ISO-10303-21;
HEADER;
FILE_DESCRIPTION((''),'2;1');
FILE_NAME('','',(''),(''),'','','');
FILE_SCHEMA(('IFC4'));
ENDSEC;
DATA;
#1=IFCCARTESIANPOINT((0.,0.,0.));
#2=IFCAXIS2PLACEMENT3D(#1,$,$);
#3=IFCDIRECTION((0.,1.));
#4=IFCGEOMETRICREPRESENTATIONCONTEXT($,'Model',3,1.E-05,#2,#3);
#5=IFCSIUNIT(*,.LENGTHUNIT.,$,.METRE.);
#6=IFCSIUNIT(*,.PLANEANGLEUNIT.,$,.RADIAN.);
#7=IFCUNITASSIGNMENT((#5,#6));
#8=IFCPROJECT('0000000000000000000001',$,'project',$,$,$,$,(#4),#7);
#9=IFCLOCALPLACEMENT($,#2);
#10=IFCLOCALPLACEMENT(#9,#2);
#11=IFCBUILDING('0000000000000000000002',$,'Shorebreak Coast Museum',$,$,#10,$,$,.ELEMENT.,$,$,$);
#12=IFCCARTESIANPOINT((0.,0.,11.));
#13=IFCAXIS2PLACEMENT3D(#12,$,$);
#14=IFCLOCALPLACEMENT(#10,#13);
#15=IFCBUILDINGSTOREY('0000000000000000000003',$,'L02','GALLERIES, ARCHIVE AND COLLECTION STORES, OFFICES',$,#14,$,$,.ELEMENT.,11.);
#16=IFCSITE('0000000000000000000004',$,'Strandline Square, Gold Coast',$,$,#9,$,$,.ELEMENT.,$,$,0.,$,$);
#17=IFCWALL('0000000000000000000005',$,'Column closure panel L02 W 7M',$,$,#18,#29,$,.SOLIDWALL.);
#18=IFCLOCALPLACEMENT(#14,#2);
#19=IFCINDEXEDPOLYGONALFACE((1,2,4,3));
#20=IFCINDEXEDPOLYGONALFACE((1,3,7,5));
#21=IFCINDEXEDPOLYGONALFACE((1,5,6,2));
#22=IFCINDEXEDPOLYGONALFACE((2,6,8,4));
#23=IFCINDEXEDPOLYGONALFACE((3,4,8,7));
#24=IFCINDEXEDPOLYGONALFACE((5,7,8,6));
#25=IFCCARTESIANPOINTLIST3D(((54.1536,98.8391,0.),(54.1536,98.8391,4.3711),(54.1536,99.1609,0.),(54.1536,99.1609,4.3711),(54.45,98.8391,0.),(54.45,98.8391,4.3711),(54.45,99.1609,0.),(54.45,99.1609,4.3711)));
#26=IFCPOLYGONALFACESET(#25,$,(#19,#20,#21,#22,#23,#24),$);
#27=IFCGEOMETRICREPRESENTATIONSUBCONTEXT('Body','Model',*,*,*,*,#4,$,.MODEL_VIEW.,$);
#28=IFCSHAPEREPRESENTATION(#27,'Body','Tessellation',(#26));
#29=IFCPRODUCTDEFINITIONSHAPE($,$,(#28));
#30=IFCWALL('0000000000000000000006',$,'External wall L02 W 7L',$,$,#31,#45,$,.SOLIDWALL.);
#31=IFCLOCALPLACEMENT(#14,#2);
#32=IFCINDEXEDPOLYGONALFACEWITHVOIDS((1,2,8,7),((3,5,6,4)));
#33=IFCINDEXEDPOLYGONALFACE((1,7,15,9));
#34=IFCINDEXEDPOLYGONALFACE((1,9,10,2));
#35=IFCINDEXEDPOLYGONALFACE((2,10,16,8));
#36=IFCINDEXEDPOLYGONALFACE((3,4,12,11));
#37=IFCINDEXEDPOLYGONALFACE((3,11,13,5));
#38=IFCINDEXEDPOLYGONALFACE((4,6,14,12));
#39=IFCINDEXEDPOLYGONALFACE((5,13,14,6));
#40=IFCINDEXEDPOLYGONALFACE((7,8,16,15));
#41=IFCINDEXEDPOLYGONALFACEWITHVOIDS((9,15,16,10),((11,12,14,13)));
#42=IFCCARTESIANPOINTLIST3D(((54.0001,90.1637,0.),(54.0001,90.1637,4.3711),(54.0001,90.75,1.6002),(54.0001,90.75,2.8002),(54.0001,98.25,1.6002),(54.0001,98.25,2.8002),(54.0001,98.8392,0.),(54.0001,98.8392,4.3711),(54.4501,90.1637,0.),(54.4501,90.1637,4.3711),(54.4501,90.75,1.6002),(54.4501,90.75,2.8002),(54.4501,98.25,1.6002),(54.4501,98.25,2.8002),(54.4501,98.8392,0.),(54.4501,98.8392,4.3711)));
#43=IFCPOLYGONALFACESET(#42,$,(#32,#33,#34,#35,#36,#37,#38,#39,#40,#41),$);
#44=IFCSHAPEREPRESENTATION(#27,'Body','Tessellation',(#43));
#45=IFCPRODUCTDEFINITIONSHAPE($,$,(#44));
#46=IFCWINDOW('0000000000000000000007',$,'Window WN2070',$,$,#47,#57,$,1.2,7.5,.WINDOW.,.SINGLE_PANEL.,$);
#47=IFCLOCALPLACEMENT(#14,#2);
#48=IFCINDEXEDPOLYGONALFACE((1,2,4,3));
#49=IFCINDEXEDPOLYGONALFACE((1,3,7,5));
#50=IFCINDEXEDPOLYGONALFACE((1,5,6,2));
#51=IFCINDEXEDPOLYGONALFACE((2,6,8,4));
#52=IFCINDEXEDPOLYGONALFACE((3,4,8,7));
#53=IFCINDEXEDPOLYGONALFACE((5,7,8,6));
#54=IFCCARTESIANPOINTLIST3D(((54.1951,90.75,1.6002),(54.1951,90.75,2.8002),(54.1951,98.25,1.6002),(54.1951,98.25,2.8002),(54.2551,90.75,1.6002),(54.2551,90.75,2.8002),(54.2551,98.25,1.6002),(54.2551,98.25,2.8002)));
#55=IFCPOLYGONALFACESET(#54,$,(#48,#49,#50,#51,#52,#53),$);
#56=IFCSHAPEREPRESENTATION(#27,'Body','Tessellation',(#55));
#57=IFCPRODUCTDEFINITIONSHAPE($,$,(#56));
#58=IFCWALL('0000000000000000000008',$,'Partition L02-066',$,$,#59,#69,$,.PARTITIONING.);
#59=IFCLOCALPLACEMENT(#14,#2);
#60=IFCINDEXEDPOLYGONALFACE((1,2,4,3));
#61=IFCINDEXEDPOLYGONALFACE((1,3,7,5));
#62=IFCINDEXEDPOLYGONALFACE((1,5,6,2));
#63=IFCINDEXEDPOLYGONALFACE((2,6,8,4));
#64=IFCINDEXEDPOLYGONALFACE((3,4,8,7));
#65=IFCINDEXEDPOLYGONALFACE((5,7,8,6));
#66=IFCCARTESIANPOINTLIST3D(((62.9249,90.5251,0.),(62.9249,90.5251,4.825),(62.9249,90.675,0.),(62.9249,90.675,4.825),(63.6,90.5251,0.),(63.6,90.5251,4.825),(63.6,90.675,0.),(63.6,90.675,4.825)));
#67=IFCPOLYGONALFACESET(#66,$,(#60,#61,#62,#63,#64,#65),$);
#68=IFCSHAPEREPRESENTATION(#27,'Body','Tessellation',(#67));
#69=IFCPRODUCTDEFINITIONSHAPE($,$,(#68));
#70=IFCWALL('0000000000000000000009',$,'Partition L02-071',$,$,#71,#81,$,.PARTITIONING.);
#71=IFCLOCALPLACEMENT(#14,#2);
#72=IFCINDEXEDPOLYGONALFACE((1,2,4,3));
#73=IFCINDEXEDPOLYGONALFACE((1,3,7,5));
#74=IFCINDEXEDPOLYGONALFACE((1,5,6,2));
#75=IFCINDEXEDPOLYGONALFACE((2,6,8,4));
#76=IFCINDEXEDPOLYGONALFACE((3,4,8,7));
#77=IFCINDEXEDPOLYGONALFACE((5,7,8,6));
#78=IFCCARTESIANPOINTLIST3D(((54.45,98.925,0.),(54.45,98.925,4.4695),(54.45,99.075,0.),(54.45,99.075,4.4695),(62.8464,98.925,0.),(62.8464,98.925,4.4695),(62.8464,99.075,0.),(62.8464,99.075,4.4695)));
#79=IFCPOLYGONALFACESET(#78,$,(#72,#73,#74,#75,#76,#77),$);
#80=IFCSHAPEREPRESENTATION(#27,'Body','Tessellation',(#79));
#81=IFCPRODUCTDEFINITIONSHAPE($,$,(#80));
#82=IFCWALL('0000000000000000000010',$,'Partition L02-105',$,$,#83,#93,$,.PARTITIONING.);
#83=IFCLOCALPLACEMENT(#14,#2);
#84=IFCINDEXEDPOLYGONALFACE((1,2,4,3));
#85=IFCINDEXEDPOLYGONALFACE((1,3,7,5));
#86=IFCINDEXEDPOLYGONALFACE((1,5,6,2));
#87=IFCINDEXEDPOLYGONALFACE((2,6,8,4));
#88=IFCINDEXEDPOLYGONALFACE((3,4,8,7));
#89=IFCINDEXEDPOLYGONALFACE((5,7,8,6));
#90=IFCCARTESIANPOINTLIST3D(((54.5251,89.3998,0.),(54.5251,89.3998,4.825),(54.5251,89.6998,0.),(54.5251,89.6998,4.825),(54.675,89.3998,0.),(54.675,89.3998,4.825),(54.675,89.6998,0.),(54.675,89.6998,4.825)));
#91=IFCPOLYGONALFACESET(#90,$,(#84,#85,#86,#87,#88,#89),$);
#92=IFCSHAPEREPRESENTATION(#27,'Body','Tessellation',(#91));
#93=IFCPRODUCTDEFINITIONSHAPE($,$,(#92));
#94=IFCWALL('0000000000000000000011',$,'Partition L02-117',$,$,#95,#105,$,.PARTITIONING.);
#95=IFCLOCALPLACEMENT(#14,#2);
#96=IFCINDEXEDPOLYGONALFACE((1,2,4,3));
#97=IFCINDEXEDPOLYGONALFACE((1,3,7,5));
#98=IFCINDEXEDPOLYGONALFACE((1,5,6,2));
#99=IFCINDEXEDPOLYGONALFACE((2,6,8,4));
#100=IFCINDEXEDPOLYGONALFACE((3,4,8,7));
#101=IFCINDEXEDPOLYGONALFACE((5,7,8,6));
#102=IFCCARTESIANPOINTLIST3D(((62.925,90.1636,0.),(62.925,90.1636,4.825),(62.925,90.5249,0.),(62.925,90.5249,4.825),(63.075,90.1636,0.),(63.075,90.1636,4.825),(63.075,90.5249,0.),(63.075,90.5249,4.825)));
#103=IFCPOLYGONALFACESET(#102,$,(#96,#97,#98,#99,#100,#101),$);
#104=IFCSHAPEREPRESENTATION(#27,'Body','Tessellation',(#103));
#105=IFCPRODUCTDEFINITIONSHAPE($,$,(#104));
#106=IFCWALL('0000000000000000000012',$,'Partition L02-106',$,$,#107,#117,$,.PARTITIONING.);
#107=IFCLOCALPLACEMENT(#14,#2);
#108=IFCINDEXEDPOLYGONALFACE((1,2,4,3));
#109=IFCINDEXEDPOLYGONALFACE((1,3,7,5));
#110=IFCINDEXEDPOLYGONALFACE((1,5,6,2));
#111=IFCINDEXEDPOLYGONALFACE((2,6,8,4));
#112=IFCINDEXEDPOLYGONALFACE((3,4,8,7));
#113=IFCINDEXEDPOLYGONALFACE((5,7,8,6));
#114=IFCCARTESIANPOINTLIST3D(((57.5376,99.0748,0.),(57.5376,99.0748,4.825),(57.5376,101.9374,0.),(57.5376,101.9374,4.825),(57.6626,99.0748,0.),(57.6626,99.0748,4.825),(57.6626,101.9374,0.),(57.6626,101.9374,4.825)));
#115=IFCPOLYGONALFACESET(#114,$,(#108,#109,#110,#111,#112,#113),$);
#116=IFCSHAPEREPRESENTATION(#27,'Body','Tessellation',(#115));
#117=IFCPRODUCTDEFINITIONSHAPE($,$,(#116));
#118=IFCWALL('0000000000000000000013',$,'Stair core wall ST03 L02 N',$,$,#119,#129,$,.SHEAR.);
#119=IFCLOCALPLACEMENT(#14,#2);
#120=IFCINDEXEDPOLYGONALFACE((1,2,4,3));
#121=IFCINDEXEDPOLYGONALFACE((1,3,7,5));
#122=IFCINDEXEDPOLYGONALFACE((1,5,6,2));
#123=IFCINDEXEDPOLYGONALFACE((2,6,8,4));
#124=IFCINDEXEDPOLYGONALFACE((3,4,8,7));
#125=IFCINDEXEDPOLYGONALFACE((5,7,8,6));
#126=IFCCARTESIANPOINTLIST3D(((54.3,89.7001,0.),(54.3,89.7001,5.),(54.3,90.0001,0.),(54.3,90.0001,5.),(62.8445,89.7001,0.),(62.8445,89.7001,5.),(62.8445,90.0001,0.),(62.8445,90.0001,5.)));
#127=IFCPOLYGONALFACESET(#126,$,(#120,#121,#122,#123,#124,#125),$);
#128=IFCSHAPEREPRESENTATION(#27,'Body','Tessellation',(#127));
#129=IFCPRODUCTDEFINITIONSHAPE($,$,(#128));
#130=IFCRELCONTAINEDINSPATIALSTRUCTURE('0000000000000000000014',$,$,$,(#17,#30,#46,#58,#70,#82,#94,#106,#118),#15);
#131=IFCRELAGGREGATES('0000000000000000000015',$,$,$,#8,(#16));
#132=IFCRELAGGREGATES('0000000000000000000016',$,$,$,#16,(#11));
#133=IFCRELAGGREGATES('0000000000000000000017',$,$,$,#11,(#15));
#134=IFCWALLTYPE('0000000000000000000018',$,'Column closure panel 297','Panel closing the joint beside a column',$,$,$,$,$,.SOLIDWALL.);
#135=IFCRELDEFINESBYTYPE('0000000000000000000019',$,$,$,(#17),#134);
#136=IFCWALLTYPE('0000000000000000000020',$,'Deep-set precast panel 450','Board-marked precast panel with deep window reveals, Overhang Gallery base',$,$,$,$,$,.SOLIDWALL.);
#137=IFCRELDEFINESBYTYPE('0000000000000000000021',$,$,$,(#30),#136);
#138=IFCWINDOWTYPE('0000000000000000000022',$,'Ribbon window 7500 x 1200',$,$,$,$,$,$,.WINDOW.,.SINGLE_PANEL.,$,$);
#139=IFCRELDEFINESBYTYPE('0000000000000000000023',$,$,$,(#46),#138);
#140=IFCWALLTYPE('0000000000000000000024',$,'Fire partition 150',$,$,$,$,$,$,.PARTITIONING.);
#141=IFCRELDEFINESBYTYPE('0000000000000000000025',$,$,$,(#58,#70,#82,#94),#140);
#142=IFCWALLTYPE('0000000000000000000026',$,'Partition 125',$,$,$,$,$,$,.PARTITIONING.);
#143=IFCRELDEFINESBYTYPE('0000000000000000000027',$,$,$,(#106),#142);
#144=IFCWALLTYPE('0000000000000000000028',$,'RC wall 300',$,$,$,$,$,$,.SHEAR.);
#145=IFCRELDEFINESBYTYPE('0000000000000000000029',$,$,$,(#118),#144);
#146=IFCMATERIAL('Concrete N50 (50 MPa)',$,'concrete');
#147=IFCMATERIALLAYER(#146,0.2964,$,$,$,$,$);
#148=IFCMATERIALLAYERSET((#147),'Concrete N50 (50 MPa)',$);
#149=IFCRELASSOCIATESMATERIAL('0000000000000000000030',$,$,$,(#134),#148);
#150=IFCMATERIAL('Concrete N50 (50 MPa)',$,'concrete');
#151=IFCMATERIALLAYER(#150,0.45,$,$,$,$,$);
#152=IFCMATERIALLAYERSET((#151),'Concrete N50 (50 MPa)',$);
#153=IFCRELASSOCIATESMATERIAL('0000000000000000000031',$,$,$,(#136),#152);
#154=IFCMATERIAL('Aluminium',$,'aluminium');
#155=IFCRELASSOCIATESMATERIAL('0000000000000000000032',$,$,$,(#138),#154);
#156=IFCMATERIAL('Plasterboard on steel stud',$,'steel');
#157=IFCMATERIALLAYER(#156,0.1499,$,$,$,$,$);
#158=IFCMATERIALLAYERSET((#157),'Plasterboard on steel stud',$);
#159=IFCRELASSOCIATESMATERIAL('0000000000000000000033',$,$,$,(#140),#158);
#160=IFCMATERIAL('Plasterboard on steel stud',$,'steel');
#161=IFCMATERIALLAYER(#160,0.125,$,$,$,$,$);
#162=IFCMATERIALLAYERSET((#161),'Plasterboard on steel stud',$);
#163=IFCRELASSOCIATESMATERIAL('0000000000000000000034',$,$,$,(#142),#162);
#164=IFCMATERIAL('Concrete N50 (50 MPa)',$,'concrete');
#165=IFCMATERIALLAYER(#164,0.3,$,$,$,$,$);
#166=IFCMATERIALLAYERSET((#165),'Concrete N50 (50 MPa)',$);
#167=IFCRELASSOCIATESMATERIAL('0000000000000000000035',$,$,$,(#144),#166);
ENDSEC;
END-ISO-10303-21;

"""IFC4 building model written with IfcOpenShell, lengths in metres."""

from ifc_helpers import new_model, si_unit, direction, frame, frame_2d, origin, place, context, subcontext, project, spatial, rectangle, extrude, material, layer, layer_set, type_object, element, fill, save


model = new_model("IFC4")

# Units and contexts
model_context = context("Model", 3, precision=1e-05, world=origin(), true_north=direction((0.0, 1.0)))
body_context = subcontext(model_context, "Body", "Model", "MODEL_VIEW")
ifc_project = project(units=[si_unit("LENGTHUNIT", "METRE"), si_unit("PLANEANGLEUNIT", "RADIAN")], contexts=[model_context])

# Site, building, storey
site_placement = place(None, origin())
site = spatial("IfcSite", under=ifc_project, at=site_placement, Name="Strandline Square, Gold Coast", CompositionType="ELEMENT", RefElevation=0.0)
building_placement = place(site_placement, origin())
building = spatial("IfcBuilding", under=site, at=building_placement, Name="Shorebreak Coast Museum", CompositionType="ELEMENT")
storey_placement = place(building_placement, frame((0.0, 0.0, 11.0)))
storey = spatial("IfcBuildingStorey", under=building, at=storey_placement, Name="L02", Description="GALLERIES, ARCHIVE AND COLLECTION STORES, OFFICES", CompositionType="ELEMENT", Elevation=11.0)

# Wall
ifc_material_1 = material(Name="Concrete N50 (50 MPa)", Category="concrete")
ifc_layer_1 = layer(ifc_material_1, 0.2964)
ifc_layer_set_1 = layer_set([ifc_layer_1], Name="Concrete N50 (50 MPa)")
wall_type_1 = type_object("IfcWallType", Name="Column closure panel 297", Description="Panel closing the joint beside a column", PredefinedType="SOLIDWALL", material=ifc_layer_set_1)
wall_1_placement = place(storey_placement, frame((54.3018, 98.8391, 0.0), z_axis=(0.0, 0.0, 1.0), x_axis=(0.0, 1.0, 0.0)))
element("IfcWall", 1, at=wall_1_placement, inside=storey, type_object=wall_type_1, Name="Column closure panel L02 W 7M", PredefinedType="SOLIDWALL", context=body_context, shape_type="SweptSolid", body=[
    extrude(rectangle(XDim=0.3218, YDim=0.2964, at=frame_2d((0.1609, 0.0))), origin(), (0.0, 0.0, 1.0), 4.3711),
])

# Wall, opening, window
ifc_material_2 = material(Name="Concrete N50 (50 MPa)", Category="concrete")
ifc_layer_2 = layer(ifc_material_2, 0.45)
ifc_layer_set_2 = layer_set([ifc_layer_2], Name="Concrete N50 (50 MPa)")
wall_type_2 = type_object("IfcWallType", Name="Deep-set precast panel 450", Description="Board-marked precast panel with deep window reveals, Overhang Gallery base", PredefinedType="SOLIDWALL", material=ifc_layer_set_2)
wall_2_placement = place(storey_placement, frame((54.2251, 90.1636, 0.0), z_axis=(0.0, 0.0, 1.0), x_axis=(0.0, 1.0, 0.0)))
wall_2 = element("IfcWall", 2, at=wall_2_placement, inside=storey, type_object=wall_type_2, Name="External wall L02 W 7L", PredefinedType="SOLIDWALL", context=body_context, shape_type="SweptSolid", body=[
    extrude(rectangle(XDim=8.6755, YDim=0.45, at=frame_2d((4.3379, 0.0))), origin(), (0.0, 0.0, 1.0), 4.3711),
])
opening_placement = place(wall_2_placement, frame((0.5864, 0.0, 1.6001)))
opening = element("IfcOpeningElement", 3, at=opening_placement, cuts=wall_2, PredefinedType="OPENING", context=body_context, shape_type="SweptSolid", body=[
    extrude(rectangle(XDim=7.5, YDim=1.2, at=frame_2d((3.75, 0.6001))), frame((0.0, 0.2349, 0.0), z_axis=(0.0, -1.0, 0.0), x_axis=(1.0, 0.0, 0.0)), (0.0, 0.0, 1.0), 0.47),
])
ifc_material_3 = material(Name="Aluminium", Category="aluminium")
window_type = type_object("IfcWindowType", Name="Ribbon window 7500 x 1200", PartitioningType="SINGLE_PANEL", PredefinedType="WINDOW", material=ifc_material_3)
window_placement = place(opening_placement, origin())
window = element("IfcWindow", 4, at=window_placement, inside=storey, type_object=window_type, Name="Window WN2070", OverallHeight=1.2, OverallWidth=7.5, PartitioningType="SINGLE_PANEL", PredefinedType="WINDOW", context=body_context, shape_type="SweptSolid", body=[
    extrude(rectangle(XDim=7.5, YDim=1.2, at=frame_2d((3.75, 0.6001))), frame((0.0, 0.03, 0.0), z_axis=(0.0, -1.0, 0.0), x_axis=(1.0, 0.0, 0.0)), (0.0, 0.0, 1.0), 0.0601),
])
fill(opening, window)

# Walls
ifc_material_4 = material(Name="Plasterboard on steel stud", Category="steel")
ifc_layer_3 = layer(ifc_material_4, 0.1499)
ifc_layer_set_3 = layer_set([ifc_layer_3], Name="Plasterboard on steel stud")
wall_type_3 = type_object("IfcWallType", Name="Fire partition 150", PredefinedType="PARTITIONING", material=ifc_layer_set_3)
wall_3_placement = place(storey_placement, frame((62.925, 90.6001, 0.0), z_axis=(0.0, 0.0, 1.0), x_axis=(1.0, 0.0, 0.0)))
element("IfcWall", 5, at=wall_3_placement, inside=storey, type_object=wall_type_3, Name="Partition L02-066", PredefinedType="PARTITIONING", context=body_context, shape_type="SweptSolid", body=[
    extrude(rectangle(XDim=0.675, YDim=0.1499, at=frame_2d((0.3374, 0.0))), origin(), (0.0, 0.0, 1.0), 4.825),
])
wall_4_placement = place(storey_placement, frame((54.45, 99.0, 0.0), z_axis=(0.0, 0.0, 1.0), x_axis=(1.0, 0.0, 0.0)))
element("IfcWall", 6, at=wall_4_placement, inside=storey, type_object=wall_type_3, Name="Partition L02-071", PredefinedType="PARTITIONING", context=body_context, shape_type="SweptSolid", body=[
    extrude(rectangle(XDim=8.3965, YDim=0.1499, at=frame_2d((4.1982, 0.0))), origin(), (0.0, 0.0, 1.0), 4.4695),
])
wall_5_placement = place(storey_placement, frame((54.6001, 89.3999, 0.0), z_axis=(0.0, 0.0, 1.0), x_axis=(0.0, 1.0, 0.0)))
element("IfcWall", 7, at=wall_5_placement, inside=storey, type_object=wall_type_3, Name="Partition L02-105", PredefinedType="PARTITIONING", context=body_context, shape_type="SweptSolid", body=[
    extrude(rectangle(XDim=0.3, YDim=0.1499, at=frame_2d((0.1499, 0.0))), origin(), (0.0, 0.0, 1.0), 4.825),
])
wall_6_placement = place(storey_placement, frame((63.0, 90.1636, 0.0), z_axis=(0.0, 0.0, 1.0), x_axis=(0.0, 1.0, 0.0)))
element("IfcWall", 8, at=wall_6_placement, inside=storey, type_object=wall_type_3, Name="Partition L02-117", PredefinedType="PARTITIONING", context=body_context, shape_type="SweptSolid", body=[
    extrude(rectangle(XDim=0.3613, YDim=0.1499, at=frame_2d((0.1807, 0.0))), origin(), (0.0, 0.0, 1.0), 4.825),
])
ifc_material_5 = material(Name="Plasterboard on steel stud", Category="steel")
ifc_layer_4 = layer(ifc_material_5, 0.125)
ifc_layer_set_4 = layer_set([ifc_layer_4], Name="Plasterboard on steel stud")
wall_type_4 = type_object("IfcWallType", Name="Partition 125", PredefinedType="PARTITIONING", material=ifc_layer_set_4)
wall_7_placement = place(storey_placement, frame((57.6001, 99.075, 0.0), z_axis=(0.0, 0.0, 1.0), x_axis=(0.0, 1.0, 0.0)))
element("IfcWall", 9, at=wall_7_placement, inside=storey, type_object=wall_type_4, Name="Partition L02-106", PredefinedType="PARTITIONING", context=body_context, shape_type="SweptSolid", body=[
    extrude(rectangle(XDim=2.8625, YDim=0.125, at=frame_2d((1.4312, 0.0))), origin(), (0.0, 0.0, 1.0), 4.825),
])
ifc_material_6 = material(Name="Concrete N50 (50 MPa)", Category="concrete")
ifc_layer_5 = layer(ifc_material_6, 0.3)
ifc_layer_set_5 = layer_set([ifc_layer_5], Name="Concrete N50 (50 MPa)")
wall_type_5 = type_object("IfcWallType", Name="RC wall 300", PredefinedType="SHEAR", material=ifc_layer_set_5)
wall_8_placement = place(storey_placement, frame((54.3, 89.8501, 0.0), z_axis=(0.0, 0.0, 1.0), x_axis=(1.0, 0.0, 0.0)))
element("IfcWall", 10, at=wall_8_placement, inside=storey, type_object=wall_type_5, Name="Stair core wall ST03 L02 N", PredefinedType="SHEAR", context=body_context, shape_type="SweptSolid", body=[
    extrude(rectangle(XDim=8.5444, YDim=0.3, at=frame_2d((4.2722, 0.0))), origin(), (0.0, 0.0, 1.0), 5.0),
])

save(model, "model.ifc")
